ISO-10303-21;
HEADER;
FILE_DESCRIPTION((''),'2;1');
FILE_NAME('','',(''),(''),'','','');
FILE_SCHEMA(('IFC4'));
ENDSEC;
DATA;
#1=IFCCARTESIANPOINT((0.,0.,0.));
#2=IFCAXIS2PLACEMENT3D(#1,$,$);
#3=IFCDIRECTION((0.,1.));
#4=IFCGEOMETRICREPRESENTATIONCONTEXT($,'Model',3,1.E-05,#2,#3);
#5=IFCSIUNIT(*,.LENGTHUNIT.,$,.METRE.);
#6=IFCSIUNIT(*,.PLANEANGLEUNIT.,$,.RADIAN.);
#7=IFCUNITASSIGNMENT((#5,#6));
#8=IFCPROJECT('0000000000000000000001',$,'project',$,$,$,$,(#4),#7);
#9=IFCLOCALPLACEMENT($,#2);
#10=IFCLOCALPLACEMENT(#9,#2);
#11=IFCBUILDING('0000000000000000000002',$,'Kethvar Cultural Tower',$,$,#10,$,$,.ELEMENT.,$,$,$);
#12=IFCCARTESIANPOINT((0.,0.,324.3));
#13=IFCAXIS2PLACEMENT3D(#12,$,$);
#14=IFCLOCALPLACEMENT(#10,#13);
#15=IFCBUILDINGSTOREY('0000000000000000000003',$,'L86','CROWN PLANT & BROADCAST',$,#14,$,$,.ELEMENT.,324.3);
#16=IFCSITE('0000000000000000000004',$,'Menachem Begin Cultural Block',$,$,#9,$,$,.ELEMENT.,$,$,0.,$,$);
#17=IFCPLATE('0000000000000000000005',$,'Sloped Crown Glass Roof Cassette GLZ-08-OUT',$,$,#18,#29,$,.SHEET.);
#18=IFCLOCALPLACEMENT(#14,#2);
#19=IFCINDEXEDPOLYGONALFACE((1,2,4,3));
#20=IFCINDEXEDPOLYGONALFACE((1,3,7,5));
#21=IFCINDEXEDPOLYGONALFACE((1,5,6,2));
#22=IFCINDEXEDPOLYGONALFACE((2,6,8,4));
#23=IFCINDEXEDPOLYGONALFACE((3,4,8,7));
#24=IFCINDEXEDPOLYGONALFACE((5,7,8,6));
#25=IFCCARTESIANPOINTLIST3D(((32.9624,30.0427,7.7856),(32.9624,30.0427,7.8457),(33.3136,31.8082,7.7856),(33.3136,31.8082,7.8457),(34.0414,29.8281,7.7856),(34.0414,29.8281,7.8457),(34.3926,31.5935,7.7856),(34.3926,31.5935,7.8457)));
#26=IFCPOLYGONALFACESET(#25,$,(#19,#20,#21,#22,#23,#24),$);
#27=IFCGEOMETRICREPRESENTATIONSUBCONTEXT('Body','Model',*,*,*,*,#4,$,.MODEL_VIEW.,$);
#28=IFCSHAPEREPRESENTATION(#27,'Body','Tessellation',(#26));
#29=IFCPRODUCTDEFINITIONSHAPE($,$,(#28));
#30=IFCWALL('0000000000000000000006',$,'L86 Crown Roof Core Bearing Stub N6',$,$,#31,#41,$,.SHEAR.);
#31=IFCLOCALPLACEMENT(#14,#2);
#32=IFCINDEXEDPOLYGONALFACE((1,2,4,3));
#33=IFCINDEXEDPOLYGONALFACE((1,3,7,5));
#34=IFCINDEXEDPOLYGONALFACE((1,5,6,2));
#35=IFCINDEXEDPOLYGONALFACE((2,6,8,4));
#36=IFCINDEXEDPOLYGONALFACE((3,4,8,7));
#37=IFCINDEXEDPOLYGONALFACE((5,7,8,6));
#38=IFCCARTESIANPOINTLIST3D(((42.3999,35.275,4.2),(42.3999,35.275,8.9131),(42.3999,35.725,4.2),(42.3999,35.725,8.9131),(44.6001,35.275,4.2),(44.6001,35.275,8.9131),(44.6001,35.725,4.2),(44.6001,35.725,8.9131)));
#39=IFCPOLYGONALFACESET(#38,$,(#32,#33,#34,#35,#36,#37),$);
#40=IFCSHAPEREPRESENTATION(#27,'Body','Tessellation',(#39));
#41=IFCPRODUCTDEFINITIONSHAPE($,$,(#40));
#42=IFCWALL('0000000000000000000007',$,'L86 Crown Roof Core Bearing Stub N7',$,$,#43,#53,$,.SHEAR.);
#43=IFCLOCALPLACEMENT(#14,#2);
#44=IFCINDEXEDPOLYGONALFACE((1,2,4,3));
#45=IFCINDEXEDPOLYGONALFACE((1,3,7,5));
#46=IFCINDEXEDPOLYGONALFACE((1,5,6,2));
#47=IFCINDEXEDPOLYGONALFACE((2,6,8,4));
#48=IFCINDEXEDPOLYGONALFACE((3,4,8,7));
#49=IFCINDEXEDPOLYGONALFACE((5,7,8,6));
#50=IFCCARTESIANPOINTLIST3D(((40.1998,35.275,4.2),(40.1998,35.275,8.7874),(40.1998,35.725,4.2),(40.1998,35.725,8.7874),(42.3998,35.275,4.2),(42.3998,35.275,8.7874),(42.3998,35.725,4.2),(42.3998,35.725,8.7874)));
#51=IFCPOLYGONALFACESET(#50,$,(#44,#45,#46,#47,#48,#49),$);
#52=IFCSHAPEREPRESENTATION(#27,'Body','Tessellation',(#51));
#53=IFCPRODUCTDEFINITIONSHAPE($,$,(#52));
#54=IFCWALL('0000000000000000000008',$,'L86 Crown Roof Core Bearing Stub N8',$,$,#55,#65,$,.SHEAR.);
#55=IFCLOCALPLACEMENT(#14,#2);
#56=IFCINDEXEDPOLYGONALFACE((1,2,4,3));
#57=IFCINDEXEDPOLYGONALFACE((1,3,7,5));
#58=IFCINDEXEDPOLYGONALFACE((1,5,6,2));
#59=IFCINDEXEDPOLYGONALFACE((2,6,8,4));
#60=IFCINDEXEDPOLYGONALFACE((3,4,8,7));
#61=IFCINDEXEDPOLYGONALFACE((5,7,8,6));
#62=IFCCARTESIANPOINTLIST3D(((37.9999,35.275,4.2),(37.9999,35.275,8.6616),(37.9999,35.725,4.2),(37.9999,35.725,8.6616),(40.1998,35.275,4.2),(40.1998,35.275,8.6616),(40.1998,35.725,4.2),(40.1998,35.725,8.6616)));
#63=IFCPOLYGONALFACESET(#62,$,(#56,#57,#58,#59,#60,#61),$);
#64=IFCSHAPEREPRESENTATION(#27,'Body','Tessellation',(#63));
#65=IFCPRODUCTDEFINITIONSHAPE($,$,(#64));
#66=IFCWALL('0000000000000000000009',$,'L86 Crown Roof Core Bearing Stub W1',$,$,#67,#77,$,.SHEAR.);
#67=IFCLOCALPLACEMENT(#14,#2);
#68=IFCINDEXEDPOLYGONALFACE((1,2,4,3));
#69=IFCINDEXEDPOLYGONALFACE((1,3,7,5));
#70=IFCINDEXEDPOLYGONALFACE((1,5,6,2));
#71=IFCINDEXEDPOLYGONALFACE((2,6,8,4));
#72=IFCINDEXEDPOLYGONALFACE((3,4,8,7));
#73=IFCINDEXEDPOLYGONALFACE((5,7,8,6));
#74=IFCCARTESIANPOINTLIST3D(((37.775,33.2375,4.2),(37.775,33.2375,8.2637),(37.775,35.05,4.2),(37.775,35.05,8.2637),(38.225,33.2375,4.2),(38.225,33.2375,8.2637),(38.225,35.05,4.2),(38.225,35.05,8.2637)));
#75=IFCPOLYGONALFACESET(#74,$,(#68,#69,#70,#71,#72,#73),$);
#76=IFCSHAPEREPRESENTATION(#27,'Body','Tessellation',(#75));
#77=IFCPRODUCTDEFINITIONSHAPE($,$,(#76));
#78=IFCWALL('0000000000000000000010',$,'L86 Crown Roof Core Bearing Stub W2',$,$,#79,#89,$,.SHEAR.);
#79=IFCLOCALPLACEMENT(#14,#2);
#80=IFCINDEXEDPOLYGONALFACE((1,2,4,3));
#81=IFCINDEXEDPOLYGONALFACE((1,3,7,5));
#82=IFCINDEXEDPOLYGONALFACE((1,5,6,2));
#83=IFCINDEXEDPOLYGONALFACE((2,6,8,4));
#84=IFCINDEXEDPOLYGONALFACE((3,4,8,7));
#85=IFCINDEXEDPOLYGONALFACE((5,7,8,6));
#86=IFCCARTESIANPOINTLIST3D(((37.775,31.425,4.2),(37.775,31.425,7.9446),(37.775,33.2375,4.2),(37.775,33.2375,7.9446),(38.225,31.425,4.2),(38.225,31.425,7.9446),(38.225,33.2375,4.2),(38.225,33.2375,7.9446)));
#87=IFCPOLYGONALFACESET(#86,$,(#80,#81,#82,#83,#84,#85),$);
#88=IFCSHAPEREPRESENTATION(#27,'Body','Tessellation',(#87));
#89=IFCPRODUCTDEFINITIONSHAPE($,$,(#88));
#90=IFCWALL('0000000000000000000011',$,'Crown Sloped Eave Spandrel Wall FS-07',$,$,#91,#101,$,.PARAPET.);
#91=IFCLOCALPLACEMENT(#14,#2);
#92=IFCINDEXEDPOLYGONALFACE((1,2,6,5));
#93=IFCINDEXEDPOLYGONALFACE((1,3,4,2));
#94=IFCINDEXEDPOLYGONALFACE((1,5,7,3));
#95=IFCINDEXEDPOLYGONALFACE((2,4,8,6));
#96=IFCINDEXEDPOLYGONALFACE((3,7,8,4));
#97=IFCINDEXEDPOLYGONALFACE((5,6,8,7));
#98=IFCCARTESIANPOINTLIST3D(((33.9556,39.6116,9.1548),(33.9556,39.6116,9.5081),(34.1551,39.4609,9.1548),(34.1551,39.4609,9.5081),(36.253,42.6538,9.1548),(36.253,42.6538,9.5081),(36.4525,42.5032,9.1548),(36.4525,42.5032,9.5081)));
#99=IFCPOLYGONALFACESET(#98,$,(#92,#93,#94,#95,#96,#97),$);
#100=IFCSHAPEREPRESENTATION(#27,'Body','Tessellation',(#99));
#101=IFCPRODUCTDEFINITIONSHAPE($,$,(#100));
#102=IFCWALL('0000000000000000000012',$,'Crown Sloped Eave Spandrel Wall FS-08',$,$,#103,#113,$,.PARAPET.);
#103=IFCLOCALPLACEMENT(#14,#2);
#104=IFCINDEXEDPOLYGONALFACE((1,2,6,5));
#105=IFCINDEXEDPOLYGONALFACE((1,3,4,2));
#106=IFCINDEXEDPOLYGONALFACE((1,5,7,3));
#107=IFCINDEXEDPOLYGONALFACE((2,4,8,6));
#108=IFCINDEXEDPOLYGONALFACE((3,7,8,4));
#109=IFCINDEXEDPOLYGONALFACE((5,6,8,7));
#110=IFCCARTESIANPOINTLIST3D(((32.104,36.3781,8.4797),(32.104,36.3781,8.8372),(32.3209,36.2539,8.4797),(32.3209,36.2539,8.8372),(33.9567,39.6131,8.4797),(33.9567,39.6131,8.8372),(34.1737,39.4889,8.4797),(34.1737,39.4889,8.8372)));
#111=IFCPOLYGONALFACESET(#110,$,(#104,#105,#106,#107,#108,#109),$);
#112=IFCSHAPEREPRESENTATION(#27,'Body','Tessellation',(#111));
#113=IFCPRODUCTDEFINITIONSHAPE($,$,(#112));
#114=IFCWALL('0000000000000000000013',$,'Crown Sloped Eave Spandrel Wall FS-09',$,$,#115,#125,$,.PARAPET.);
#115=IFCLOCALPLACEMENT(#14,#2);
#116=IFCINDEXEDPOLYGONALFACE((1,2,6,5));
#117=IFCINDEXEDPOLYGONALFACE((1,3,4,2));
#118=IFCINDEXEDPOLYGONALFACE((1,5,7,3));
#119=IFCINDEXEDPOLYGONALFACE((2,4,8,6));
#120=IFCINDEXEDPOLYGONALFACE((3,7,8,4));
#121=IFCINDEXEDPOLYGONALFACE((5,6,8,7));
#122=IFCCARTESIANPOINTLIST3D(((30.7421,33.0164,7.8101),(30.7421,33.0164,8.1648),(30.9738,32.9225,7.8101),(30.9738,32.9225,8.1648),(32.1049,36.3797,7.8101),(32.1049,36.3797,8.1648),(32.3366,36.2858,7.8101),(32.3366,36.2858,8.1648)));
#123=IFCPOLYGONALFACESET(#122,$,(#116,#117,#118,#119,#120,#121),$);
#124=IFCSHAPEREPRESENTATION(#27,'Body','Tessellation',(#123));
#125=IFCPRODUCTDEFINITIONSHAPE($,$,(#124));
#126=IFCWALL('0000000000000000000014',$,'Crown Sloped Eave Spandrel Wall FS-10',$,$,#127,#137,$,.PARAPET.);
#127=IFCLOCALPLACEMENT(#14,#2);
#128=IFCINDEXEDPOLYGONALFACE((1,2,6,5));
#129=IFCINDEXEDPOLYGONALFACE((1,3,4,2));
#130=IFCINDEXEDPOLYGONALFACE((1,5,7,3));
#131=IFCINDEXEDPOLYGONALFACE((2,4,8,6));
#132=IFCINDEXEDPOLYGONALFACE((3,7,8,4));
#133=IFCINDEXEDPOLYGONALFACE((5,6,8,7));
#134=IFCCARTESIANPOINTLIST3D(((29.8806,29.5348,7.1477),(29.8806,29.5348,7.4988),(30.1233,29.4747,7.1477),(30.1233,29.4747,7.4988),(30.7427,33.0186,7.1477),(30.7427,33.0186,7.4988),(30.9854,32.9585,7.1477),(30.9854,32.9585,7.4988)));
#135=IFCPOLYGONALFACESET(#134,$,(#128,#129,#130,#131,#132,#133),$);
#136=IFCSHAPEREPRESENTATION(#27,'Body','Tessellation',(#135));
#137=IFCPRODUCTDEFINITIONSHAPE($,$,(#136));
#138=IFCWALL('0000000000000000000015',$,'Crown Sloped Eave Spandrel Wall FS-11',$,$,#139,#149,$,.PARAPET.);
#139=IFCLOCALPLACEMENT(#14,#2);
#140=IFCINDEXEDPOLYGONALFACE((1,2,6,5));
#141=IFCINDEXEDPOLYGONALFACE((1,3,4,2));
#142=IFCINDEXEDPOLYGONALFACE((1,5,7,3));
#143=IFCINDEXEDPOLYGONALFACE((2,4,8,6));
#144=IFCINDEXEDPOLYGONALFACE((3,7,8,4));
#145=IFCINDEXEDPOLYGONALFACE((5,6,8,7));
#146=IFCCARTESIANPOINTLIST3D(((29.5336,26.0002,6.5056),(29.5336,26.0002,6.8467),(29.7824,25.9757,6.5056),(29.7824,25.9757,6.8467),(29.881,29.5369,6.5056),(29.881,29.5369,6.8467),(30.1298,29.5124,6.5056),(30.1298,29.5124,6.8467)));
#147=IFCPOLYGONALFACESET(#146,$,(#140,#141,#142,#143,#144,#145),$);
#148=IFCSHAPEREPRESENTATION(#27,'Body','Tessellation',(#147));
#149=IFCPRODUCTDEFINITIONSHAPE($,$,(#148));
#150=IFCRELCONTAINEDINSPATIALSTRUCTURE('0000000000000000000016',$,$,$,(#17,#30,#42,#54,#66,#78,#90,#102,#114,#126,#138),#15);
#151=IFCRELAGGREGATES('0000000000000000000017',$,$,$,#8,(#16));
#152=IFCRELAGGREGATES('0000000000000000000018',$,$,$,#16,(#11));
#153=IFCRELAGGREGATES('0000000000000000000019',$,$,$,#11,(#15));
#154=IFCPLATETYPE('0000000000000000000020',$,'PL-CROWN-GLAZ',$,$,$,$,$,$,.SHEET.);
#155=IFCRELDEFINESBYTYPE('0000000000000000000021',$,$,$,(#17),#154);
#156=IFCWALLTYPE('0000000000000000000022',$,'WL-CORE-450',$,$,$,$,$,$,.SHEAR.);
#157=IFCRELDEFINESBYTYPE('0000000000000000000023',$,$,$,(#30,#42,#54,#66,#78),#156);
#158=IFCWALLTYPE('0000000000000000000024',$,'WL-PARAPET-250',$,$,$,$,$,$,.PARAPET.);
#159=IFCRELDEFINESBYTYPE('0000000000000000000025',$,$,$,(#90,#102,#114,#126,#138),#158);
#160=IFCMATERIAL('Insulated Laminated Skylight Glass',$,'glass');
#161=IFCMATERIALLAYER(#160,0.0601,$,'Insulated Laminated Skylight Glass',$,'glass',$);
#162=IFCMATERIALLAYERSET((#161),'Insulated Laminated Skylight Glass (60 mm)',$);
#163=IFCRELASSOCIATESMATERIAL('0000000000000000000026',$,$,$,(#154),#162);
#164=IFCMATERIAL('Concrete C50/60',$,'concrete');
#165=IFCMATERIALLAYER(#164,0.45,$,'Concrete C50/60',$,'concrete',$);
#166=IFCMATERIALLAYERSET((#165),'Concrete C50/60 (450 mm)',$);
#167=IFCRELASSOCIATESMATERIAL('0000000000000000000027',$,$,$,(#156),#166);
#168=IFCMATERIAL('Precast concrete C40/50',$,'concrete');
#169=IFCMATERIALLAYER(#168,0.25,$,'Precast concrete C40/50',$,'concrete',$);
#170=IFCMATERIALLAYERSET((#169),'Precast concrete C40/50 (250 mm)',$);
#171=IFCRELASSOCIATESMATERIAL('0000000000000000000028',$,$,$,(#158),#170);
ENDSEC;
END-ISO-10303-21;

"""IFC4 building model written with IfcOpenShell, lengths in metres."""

from ifc_helpers import new_model, si_unit, direction, frame, frame_2d, origin, origin_2d, place, context, subcontext, project, spatial, rectangle, extrude, source, transform, mapped, material, layer, layer_set, type_object, element, save


model = new_model("IFC4")

# Units and contexts
model_context = context("Model", 3, precision=1e-05, world=origin(), true_north=direction((0.0, 1.0)))
body_context = subcontext(model_context, "Body", "Model", "MODEL_VIEW")
ifc_project = project(units=[si_unit("LENGTHUNIT", "METRE"), si_unit("PLANEANGLEUNIT", "RADIAN")], contexts=[model_context])

# Site, building, storey
site_placement = place(None, origin())
site = spatial("IfcSite", under=ifc_project, at=site_placement, Name="Menachem Begin Cultural Block", CompositionType="ELEMENT", RefElevation=0.0)
building_placement = place(site_placement, origin())
building = spatial("IfcBuilding", under=site, at=building_placement, Name="Kethvar Cultural Tower", CompositionType="ELEMENT")
storey_placement = place(building_placement, frame((0.0, 0.0, 324.3)))
storey = spatial("IfcBuildingStorey", under=building, at=storey_placement, Name="L86", Description="CROWN PLANT & BROADCAST", CompositionType="ELEMENT", Elevation=324.3)

# Plate
ifc_material_1 = material(Name="Insulated Laminated Skylight Glass", Category="glass")
ifc_layer_1 = layer(ifc_material_1, 0.0601, Name="Insulated Laminated Skylight Glass", Category="glass")
ifc_layer_set_1 = layer_set([ifc_layer_1], Name="Insulated Laminated Skylight Glass (60 mm)")
plate_type_1 = type_object("IfcPlateType", Name="PL-CROWN-GLAZ", PredefinedType="SHEET", material=ifc_layer_set_1)
shared_shape_1 = source(origin(), body_context, "Body", "SweptSolid", [
    extrude(rectangle(XDim=1.1001, YDim=1.8, at=origin_2d()), origin(), (0.0, 0.0, 1.0), 0.0601),
])
for number, where, z_axis, x_axis, name in (
    (1, (33.6775, 30.8181, 7.7856), (0.0, 0.0, 1.0), (-0.980785, 0.19509, 0.0), "Sloped Crown Glass Roof Cassette GLZ-08-OUT"),
):
    element("IfcPlate", number, at=place(storey_placement, frame(where, z_axis=z_axis, x_axis=x_axis)), inside=storey, type_object=plate_type_1, Name=name, PredefinedType="SHEET", context=body_context, shape_type="MappedRepresentation", body=[
        mapped(shared_shape_1, transform((0.0, 0.0, 0.0), scale=1.0)),
    ])

# Walls
ifc_material_2 = material(Name="Concrete C50/60", Category="concrete")
ifc_layer_2 = layer(ifc_material_2, 0.45, Name="Concrete C50/60", Category="concrete")
ifc_layer_set_2 = layer_set([ifc_layer_2], Name="Concrete C50/60 (450 mm)")
wall_type_1 = type_object("IfcWallType", Name="WL-CORE-450", PredefinedType="SHEAR", material=ifc_layer_set_2)
wall_1_placement = place(storey_placement, frame((44.6001, 35.5, 4.2), z_axis=(0.0, 0.0, 1.0), x_axis=(-1.0, 0.0, 0.0)))
element("IfcWall", 2, at=wall_1_placement, inside=storey, type_object=wall_type_1, Name="L86 Crown Roof Core Bearing Stub N6", PredefinedType="SHEAR", context=body_context, shape_type="SweptSolid", body=[
    extrude(rectangle(XDim=2.2002, YDim=0.45, at=frame_2d((1.1001, 0.0))), origin(), (0.0, 0.0, 1.0), 4.7131),
])
wall_2_placement = place(storey_placement, frame((42.3999, 35.5, 4.2), z_axis=(0.0, 0.0, 1.0), x_axis=(-1.0, 0.0, 0.0)))
element("IfcWall", 3, at=wall_2_placement, inside=storey, type_object=wall_type_1, Name="L86 Crown Roof Core Bearing Stub N7", PredefinedType="SHEAR", context=body_context, shape_type="SweptSolid", body=[
    extrude(rectangle(XDim=2.2, YDim=0.45, at=frame_2d((1.1001, 0.0))), origin(), (0.0, 0.0, 1.0), 4.5874),
])
wall_3_placement = place(storey_placement, frame((40.2, 35.5, 4.2), z_axis=(0.0, 0.0, 1.0), x_axis=(-1.0, 0.0, 0.0)))
element("IfcWall", 4, at=wall_3_placement, inside=storey, type_object=wall_type_1, Name="L86 Crown Roof Core Bearing Stub N8", PredefinedType="SHEAR", context=body_context, shape_type="SweptSolid", body=[
    extrude(rectangle(XDim=2.2, YDim=0.45, at=frame_2d((1.1001, 0.0))), origin(), (0.0, 0.0, 1.0), 4.4617),
])
wall_4_placement = place(storey_placement, frame((38.0, 35.05, 4.2), z_axis=(0.0, 0.0, 1.0), x_axis=(0.0, -1.0, 0.0)))
element("IfcWall", 5, at=wall_4_placement, inside=storey, type_object=wall_type_1, Name="L86 Crown Roof Core Bearing Stub W1", PredefinedType="SHEAR", context=body_context, shape_type="SweptSolid", body=[
    extrude(rectangle(XDim=1.8125, YDim=0.45, at=frame_2d((0.9062, 0.0))), origin(), (0.0, 0.0, 1.0), 4.0637),
])
wall_5_placement = place(storey_placement, frame((38.0, 33.2375, 4.2), z_axis=(0.0, 0.0, 1.0), x_axis=(0.0, -1.0, 0.0)))
element("IfcWall", 6, at=wall_5_placement, inside=storey, type_object=wall_type_1, Name="L86 Crown Roof Core Bearing Stub W2", PredefinedType="SHEAR", context=body_context, shape_type="SweptSolid", body=[
    extrude(rectangle(XDim=1.8125, YDim=0.45, at=frame_2d((0.9062, 0.0))), origin(), (0.0, 0.0, 1.0), 3.7446),
])
ifc_material_3 = material(Name="Precast concrete C40/50", Category="concrete")
ifc_layer_3 = layer(ifc_material_3, 0.25, Name="Precast concrete C40/50", Category="concrete")
ifc_layer_set_3 = layer_set([ifc_layer_3], Name="Precast concrete C40/50 (250 mm)")
wall_type_2 = type_object("IfcWallType", Name="WL-PARAPET-250", PredefinedType="PARAPET", material=ifc_layer_set_3)
wall_6_placement = place(storey_placement, frame((36.3528, 42.5786, 9.1548), z_axis=(0.0, 0.0, 1.0), x_axis=(-0.60263, -0.798021, 0.0)))
element("IfcWall", 7, at=wall_6_placement, inside=storey, type_object=wall_type_2, Name="Crown Sloped Eave Spandrel Wall FS-07", PredefinedType="PARAPET", context=body_context, shape_type="SweptSolid", body=[
    extrude(rectangle(XDim=3.8123, YDim=0.25, at=frame_2d((1.9062, 0.0))), origin(), (0.0, 0.0, 1.0), 0.3533),
])
wall_7_placement = place(storey_placement, frame((34.0652, 39.551, 8.4797), z_axis=(0.0, 0.0, 1.0), x_axis=(-0.496978, -0.867763, 0.0)))
element("IfcWall", 8, at=wall_7_placement, inside=storey, type_object=wall_type_2, Name="Crown Sloped Eave Spandrel Wall FS-08", PredefinedType="PARAPET", context=body_context, shape_type="SweptSolid", body=[
    extrude(rectangle(XDim=3.728, YDim=0.25, at=frame_2d((1.864, 0.0))), origin(), (0.0, 0.0, 1.0), 0.3574),
])
wall_8_placement = place(storey_placement, frame((32.2207, 36.3328, 7.8101), z_axis=(0.0, 0.0, 1.0), x_axis=(-0.37554, -0.926806, 0.0)))
element("IfcWall", 9, at=wall_8_placement, inside=storey, type_object=wall_type_2, Name="Crown Sloped Eave Spandrel Wall FS-09", PredefinedType="PARAPET", context=body_context, shape_type="SweptSolid", body=[
    extrude(rectangle(XDim=3.6289, YDim=0.25, at=frame_2d((1.8145, 0.0))), origin(), (0.0, 0.0, 1.0), 0.3547),
])
wall_9_placement = place(storey_placement, frame((30.864, 32.9885, 7.1477), z_axis=(0.0, 0.0, 1.0), x_axis=(-0.240198, -0.970724, 0.0)))
element("IfcWall", 10, at=wall_9_placement, inside=storey, type_object=wall_type_2, Name="Crown Sloped Eave Spandrel Wall FS-10", PredefinedType="PARAPET", context=body_context, shape_type="SweptSolid", body=[
    extrude(rectangle(XDim=3.5889, YDim=0.25, at=frame_2d((1.7944, 0.0))), origin(), (0.0, 0.0, 1.0), 0.3511),
])
wall_10_placement = place(storey_placement, frame((30.0054, 29.5247, 6.5056), z_axis=(0.0, 0.0, 1.0), x_axis=(-0.097762, -0.99521, 0.0)))
element("IfcWall", 11, at=wall_10_placement, inside=storey, type_object=wall_type_2, Name="Crown Sloped Eave Spandrel Wall FS-11", PredefinedType="PARAPET", context=body_context, shape_type="SweptSolid", body=[
    extrude(rectangle(XDim=3.5537, YDim=0.25, at=frame_2d((1.7769, 0.0))), origin(), (0.0, 0.0, 1.0), 0.3411),
])

save(model, "model.ifc")
